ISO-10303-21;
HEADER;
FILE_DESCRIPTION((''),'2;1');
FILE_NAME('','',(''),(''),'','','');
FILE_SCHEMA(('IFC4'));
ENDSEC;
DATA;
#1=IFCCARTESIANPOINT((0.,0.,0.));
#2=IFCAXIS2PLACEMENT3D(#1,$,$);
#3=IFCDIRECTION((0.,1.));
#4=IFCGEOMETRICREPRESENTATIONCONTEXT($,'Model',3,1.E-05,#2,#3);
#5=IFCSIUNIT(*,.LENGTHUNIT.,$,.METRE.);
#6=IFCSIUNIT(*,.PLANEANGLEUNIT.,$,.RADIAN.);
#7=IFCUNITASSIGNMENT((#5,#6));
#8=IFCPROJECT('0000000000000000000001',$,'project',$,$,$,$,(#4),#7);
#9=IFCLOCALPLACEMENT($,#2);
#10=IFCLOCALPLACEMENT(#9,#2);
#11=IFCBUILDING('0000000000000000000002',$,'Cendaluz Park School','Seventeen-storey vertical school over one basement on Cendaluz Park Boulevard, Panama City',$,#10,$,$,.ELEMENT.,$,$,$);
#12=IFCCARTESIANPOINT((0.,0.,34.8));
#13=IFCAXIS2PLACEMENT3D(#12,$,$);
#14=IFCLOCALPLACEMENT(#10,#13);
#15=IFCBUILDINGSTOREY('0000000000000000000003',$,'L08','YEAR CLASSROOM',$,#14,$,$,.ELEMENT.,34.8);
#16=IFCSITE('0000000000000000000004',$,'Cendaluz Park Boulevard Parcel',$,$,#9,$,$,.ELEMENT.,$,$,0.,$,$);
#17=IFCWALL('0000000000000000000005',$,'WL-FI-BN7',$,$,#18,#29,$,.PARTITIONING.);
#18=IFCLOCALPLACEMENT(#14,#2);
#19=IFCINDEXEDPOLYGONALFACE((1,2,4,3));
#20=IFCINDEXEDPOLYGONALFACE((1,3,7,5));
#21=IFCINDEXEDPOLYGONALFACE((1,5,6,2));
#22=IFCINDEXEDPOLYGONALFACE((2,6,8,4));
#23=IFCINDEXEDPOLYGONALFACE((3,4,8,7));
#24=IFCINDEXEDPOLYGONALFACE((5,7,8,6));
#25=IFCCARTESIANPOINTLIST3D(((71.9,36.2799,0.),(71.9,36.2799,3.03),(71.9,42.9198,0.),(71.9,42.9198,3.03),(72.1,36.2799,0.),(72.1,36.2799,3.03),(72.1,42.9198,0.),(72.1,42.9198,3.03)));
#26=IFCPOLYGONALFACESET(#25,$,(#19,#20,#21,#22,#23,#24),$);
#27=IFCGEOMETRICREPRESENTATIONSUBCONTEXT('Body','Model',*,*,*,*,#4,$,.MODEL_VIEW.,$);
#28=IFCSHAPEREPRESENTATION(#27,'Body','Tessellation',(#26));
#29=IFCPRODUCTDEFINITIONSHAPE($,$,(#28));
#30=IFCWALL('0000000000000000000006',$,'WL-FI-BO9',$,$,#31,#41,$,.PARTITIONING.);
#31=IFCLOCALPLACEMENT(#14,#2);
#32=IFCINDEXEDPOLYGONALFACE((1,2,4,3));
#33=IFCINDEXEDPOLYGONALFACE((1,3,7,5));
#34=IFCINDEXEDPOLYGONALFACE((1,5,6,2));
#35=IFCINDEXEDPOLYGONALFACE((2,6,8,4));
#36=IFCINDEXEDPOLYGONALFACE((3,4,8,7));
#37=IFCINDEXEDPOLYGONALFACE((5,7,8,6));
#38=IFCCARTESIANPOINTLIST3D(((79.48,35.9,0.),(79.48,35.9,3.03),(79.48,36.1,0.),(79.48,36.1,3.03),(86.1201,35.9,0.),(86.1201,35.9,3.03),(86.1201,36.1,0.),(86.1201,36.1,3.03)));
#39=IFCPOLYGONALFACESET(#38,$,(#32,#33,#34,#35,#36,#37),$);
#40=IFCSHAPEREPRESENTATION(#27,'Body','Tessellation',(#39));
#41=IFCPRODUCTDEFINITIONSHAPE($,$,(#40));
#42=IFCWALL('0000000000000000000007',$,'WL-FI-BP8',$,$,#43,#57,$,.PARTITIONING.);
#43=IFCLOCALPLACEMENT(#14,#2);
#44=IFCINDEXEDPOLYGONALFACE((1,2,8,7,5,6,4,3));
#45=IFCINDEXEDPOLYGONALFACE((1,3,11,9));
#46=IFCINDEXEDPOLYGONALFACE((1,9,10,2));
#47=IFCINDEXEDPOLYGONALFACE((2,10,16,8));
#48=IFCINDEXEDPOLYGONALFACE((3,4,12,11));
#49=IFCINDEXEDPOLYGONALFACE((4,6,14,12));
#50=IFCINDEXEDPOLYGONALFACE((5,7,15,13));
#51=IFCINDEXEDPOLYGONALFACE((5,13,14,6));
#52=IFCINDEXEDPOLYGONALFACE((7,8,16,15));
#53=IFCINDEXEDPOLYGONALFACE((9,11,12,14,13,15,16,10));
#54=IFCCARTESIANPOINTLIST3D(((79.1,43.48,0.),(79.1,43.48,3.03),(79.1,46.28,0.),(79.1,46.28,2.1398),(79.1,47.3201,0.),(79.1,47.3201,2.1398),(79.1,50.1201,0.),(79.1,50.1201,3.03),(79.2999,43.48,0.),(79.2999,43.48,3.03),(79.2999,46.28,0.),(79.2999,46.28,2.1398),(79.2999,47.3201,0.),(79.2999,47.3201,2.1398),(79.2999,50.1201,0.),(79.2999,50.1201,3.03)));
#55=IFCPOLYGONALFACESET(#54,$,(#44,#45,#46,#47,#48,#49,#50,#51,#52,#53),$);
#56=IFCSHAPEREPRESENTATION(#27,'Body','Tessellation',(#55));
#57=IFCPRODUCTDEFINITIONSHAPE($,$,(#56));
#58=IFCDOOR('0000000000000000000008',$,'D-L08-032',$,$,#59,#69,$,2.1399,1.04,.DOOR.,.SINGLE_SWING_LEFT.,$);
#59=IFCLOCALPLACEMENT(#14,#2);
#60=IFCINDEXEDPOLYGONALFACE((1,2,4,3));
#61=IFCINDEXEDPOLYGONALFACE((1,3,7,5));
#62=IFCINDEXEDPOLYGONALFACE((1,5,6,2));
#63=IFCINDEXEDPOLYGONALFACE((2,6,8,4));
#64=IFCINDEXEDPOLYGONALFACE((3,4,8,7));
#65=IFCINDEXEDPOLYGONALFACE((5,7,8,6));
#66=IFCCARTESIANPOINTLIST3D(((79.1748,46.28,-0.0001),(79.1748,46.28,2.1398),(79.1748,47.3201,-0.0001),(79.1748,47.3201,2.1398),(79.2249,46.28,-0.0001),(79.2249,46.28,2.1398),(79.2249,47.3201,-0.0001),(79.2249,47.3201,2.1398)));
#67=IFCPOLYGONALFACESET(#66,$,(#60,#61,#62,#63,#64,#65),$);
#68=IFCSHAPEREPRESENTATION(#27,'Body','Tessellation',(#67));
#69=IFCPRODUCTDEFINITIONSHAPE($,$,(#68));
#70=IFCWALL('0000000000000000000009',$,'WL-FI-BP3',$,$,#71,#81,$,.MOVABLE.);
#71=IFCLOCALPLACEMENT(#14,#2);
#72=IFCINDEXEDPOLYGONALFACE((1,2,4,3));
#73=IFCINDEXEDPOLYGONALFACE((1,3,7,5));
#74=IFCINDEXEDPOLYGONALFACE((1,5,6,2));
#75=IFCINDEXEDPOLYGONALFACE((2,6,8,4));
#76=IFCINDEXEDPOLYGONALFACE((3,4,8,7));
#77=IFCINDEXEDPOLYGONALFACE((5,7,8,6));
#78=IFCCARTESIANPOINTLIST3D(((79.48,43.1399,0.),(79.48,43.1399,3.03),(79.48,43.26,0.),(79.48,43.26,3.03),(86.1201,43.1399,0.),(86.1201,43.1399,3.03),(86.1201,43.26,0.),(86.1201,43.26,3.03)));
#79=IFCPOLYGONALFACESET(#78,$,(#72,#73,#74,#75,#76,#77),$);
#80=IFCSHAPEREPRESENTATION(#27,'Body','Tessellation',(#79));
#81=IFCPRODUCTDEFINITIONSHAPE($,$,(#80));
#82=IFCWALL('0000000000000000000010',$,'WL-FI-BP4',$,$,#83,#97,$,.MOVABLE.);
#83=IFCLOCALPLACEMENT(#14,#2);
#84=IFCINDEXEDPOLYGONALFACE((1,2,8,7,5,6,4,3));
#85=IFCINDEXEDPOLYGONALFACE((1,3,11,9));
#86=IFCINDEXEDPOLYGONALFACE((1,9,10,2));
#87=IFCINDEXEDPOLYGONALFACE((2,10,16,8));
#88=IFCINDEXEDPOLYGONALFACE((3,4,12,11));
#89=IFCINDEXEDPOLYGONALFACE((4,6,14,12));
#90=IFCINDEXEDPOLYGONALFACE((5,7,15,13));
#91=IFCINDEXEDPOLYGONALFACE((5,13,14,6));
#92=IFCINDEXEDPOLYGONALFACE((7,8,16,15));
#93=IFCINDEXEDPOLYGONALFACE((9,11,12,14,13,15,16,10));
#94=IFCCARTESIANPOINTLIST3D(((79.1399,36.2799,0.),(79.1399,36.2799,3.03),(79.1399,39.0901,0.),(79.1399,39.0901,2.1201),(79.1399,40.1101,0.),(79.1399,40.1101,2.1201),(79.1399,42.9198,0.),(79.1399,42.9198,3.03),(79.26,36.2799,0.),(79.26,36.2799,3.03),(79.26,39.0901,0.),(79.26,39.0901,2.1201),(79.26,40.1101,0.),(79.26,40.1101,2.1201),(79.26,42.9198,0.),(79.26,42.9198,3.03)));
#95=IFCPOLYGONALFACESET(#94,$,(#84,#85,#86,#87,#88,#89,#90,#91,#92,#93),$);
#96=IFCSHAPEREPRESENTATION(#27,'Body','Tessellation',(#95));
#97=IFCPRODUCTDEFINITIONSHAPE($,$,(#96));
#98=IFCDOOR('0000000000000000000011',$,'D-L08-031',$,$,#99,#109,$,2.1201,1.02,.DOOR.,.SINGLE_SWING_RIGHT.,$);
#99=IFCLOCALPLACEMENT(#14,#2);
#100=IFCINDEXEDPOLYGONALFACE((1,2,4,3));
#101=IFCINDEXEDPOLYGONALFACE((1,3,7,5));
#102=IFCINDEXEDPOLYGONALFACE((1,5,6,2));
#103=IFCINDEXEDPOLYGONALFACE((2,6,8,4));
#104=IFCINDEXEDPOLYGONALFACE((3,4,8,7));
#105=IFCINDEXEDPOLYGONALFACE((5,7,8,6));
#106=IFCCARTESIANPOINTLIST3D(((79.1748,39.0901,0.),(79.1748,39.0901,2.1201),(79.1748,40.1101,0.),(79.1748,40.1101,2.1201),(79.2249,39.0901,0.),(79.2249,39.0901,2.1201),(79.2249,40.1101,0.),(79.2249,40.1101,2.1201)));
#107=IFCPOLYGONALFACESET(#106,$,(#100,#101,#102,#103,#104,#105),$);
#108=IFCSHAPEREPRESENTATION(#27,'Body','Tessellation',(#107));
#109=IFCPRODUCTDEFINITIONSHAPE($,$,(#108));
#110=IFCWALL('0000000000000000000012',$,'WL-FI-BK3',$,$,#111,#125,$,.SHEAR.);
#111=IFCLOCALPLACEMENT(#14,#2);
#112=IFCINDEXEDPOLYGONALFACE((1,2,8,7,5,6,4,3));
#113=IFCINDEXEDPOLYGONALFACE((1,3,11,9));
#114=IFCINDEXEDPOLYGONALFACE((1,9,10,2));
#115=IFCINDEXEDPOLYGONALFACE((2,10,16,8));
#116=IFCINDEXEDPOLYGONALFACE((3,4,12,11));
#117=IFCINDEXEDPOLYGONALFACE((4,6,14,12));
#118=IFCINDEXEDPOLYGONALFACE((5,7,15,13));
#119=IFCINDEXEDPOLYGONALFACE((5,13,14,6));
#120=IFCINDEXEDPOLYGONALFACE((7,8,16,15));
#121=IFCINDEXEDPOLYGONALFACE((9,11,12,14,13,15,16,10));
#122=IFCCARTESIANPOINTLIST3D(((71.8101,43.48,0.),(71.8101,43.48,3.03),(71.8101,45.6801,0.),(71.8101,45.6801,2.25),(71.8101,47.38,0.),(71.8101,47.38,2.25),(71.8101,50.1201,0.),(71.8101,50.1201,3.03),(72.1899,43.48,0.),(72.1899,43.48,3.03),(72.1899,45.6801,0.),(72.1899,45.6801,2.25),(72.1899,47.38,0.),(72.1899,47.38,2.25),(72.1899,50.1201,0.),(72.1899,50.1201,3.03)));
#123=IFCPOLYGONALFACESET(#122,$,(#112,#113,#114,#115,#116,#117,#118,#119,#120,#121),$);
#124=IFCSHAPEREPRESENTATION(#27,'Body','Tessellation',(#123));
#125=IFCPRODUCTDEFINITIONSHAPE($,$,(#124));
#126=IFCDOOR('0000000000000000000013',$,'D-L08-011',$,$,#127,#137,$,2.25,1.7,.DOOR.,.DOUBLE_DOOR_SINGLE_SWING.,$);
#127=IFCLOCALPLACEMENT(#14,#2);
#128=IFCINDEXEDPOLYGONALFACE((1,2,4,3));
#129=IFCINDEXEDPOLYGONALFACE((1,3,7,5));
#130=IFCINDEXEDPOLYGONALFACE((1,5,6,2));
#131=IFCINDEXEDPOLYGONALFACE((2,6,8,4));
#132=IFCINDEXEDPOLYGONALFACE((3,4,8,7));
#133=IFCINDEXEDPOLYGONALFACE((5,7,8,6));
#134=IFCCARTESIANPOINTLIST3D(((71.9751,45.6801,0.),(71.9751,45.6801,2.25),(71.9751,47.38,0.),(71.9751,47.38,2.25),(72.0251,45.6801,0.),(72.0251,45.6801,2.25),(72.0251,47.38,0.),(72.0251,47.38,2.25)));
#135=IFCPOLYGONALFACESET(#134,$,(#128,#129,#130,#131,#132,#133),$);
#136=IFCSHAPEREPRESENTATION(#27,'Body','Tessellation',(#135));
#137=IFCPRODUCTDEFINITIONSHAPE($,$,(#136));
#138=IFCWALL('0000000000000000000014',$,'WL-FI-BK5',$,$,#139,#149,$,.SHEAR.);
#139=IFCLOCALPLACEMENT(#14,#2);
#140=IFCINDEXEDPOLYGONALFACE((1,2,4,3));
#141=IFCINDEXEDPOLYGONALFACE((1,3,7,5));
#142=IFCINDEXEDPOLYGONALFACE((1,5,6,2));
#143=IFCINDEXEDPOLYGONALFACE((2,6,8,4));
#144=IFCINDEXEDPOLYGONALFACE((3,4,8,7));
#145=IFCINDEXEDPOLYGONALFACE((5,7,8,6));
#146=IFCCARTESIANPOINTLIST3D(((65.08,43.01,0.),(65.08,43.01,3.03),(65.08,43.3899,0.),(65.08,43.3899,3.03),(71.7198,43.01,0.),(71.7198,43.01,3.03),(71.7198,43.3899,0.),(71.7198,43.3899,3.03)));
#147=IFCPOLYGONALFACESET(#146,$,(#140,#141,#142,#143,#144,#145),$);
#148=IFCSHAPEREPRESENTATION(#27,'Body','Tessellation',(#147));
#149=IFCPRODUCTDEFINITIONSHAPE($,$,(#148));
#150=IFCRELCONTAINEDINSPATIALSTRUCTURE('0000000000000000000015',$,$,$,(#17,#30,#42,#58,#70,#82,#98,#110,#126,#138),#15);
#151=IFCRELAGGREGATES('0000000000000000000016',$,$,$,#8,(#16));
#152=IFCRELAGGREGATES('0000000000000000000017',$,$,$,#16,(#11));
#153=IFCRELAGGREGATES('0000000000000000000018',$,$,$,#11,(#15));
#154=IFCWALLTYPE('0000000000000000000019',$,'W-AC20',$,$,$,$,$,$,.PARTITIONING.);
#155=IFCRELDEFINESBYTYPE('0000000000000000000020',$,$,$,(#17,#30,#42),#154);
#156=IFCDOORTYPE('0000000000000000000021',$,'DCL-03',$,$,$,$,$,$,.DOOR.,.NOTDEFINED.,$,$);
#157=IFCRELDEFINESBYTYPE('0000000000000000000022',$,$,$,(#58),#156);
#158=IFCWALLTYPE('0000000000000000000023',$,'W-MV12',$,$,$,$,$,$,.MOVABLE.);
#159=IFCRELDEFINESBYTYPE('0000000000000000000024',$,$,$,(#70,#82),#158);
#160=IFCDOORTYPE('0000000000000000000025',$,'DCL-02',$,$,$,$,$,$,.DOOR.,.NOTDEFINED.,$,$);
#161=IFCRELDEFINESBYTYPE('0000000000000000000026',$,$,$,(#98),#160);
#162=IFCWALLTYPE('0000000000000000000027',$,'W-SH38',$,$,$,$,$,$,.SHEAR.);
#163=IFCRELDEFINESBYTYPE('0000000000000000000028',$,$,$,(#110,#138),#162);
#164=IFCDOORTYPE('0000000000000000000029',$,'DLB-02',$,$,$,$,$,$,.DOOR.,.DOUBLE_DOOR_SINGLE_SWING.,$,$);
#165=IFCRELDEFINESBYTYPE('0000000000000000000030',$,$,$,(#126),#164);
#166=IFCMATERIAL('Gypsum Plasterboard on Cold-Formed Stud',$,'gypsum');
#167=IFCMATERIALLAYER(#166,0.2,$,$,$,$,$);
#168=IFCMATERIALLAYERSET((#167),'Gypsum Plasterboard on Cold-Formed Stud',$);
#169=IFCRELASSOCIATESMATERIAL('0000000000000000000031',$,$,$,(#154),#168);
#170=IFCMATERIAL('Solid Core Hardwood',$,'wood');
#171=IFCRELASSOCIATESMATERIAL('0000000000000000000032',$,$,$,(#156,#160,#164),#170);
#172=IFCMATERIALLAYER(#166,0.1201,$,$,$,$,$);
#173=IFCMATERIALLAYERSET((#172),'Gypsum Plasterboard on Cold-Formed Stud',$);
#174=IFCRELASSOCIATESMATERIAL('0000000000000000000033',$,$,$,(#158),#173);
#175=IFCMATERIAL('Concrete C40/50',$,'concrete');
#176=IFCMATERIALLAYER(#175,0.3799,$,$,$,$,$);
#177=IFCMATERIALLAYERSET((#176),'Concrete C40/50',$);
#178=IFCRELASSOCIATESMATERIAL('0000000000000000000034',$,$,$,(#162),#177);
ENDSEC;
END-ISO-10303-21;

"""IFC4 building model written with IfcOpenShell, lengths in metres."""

from ifc_helpers import new_model, si_unit, direction, frame, frame_2d, origin, place, context, subcontext, project, spatial, rectangle, extrude, material, layer, layer_set, type_object, element, fill, save


model = new_model("IFC4")

# Units and contexts
model_context = context("Model", 3, precision=1e-05, world=origin(), true_north=direction((0.0, 1.0)))
body_context = subcontext(model_context, "Body", "Model", "MODEL_VIEW")
ifc_project = project(units=[si_unit("LENGTHUNIT", "METRE"), si_unit("PLANEANGLEUNIT", "RADIAN")], contexts=[model_context])

# Site, building, storey
site_placement = place(None, origin())
site = spatial("IfcSite", under=ifc_project, at=site_placement, Name="Cendaluz Park Boulevard Parcel", CompositionType="ELEMENT", RefElevation=0.0)
building_placement = place(site_placement, origin())
building = spatial("IfcBuilding", under=site, at=building_placement, Name="Cendaluz Park School", Description="Seventeen-storey vertical school over one basement on Cendaluz Park Boulevard, Panama City", CompositionType="ELEMENT")
storey_placement = place(building_placement, frame((0.0, 0.0, 34.8)))
storey = spatial("IfcBuildingStorey", under=building, at=storey_placement, Name="L08", Description="YEAR CLASSROOM", CompositionType="ELEMENT", Elevation=34.8)

# Walls
ifc_material_1 = material(Name="Gypsum Plasterboard on Cold-Formed Stud", Category="gypsum")
ifc_layer_1 = layer(ifc_material_1, 0.2)
ifc_layer_set_1 = layer_set([ifc_layer_1], Name="Gypsum Plasterboard on Cold-Formed Stud")
wall_type_1 = type_object("IfcWallType", Name="W-AC20", PredefinedType="PARTITIONING", material=ifc_layer_set_1)
wall_1_placement = place(storey_placement, frame((72.0, 36.28, 0.0), z_axis=(0.0, 0.0, 1.0), x_axis=(0.0, 1.0, 0.0)))
element("IfcWall", 1, at=wall_1_placement, inside=storey, type_object=wall_type_1, Name="WL-FI-BN7", PredefinedType="PARTITIONING", context=body_context, shape_type="SweptSolid", body=[
    extrude(rectangle(XDim=6.6399, YDim=0.2, at=frame_2d((3.3198, 0.0))), origin(), (0.0, 0.0, 1.0), 3.03),
])
wall_2_placement = place(storey_placement, frame((79.48, 36.0, 0.0), z_axis=(0.0, 0.0, 1.0), x_axis=(1.0, 0.0, 0.0)))
element("IfcWall", 2, at=wall_2_placement, inside=storey, type_object=wall_type_1, Name="WL-FI-BO9", PredefinedType="PARTITIONING", context=body_context, shape_type="SweptSolid", body=[
    extrude(rectangle(XDim=6.6401, YDim=0.2, at=frame_2d((3.3201, 0.0))), origin(), (0.0, 0.0, 1.0), 3.03),
])

# Wall, opening, door
wall_3_placement = place(storey_placement, frame((79.2, 43.48, 0.0), z_axis=(0.0, 0.0, 1.0), x_axis=(0.0, 1.0, 0.0)))
wall_3 = element("IfcWall", 3, at=wall_3_placement, inside=storey, type_object=wall_type_1, Name="WL-FI-BP8", PredefinedType="PARTITIONING", context=body_context, shape_type="SweptSolid", body=[
    extrude(rectangle(XDim=6.6401, YDim=0.2, at=frame_2d((3.3201, 0.0))), origin(), (0.0, 0.0, 1.0), 3.03),
])
opening_1_placement = place(wall_3_placement, frame((2.8, 0.0, 0.0)))
opening_1 = element("IfcOpeningElement", 4, at=opening_1_placement, cuts=wall_3, PredefinedType="OPENING", context=body_context, shape_type="SweptSolid", body=[
    extrude(rectangle(XDim=1.04, YDim=2.1399, at=frame_2d((0.52, 1.0698))), frame((0.0, 0.1121, 0.0), z_axis=(0.0, -1.0, 0.0), x_axis=(1.0, 0.0, 0.0)), (0.0, 0.0, 1.0), 0.2239),
])
ifc_material_2 = material(Name="Solid Core Hardwood", Category="wood")
door_type_1 = type_object("IfcDoorType", Name="DCL-03", OperationType="NOTDEFINED", PredefinedType="DOOR", material=ifc_material_2)
door_1_placement = place(opening_1_placement, frame((1.04, 0.0, 0.0), z_axis=(0.0, 0.0, 1.0), x_axis=(-1.0, 0.0, 0.0)))
door_1 = element("IfcDoor", 5, at=door_1_placement, inside=storey, type_object=door_type_1, Name="D-L08-032", OperationType="SINGLE_SWING_LEFT", OverallHeight=2.1399, OverallWidth=1.04, PredefinedType="DOOR", context=body_context, shape_type="SweptSolid", body=[
    extrude(rectangle(XDim=1.04, YDim=2.1399, at=frame_2d((0.52, 1.0698))), frame((0.0, 0.0249, 0.0), z_axis=(0.0, -1.0, 0.0), x_axis=(1.0, 0.0, 0.0)), (0.0, 0.0, 1.0), 0.05),
])
fill(opening_1, door_1)

# Shared definitions
ifc_material_3 = material(Name="Concrete C40/50", Category="concrete")

# Wall
ifc_layer_2 = layer(ifc_material_1, 0.1201)
ifc_layer_set_2 = layer_set([ifc_layer_2], Name="Gypsum Plasterboard on Cold-Formed Stud")
wall_type_2 = type_object("IfcWallType", Name="W-MV12", PredefinedType="MOVABLE", material=ifc_layer_set_2)
wall_4_placement = place(storey_placement, frame((79.48, 43.2, 0.0), z_axis=(0.0, 0.0, 1.0), x_axis=(1.0, 0.0, 0.0)))
element("IfcWall", 6, at=wall_4_placement, inside=storey, type_object=wall_type_2, Name="WL-FI-BP3", PredefinedType="MOVABLE", context=body_context, shape_type="SweptSolid", body=[
    extrude(rectangle(XDim=6.6401, YDim=0.1201, at=frame_2d((3.3201, 0.0))), origin(), (0.0, 0.0, 1.0), 3.03),
])

# Walls, openings, doors
wall_5_placement = place(storey_placement, frame((79.2, 36.28, 0.0), z_axis=(0.0, 0.0, 1.0), x_axis=(0.0, 1.0, 0.0)))
wall_5 = element("IfcWall", 7, at=wall_5_placement, inside=storey, type_object=wall_type_2, Name="WL-FI-BP4", PredefinedType="MOVABLE", context=body_context, shape_type="SweptSolid", body=[
    extrude(rectangle(XDim=6.6399, YDim=0.1201, at=frame_2d((3.3198, 0.0))), origin(), (0.0, 0.0, 1.0), 3.03),
])
opening_2_placement = place(wall_5_placement, frame((2.8101, 0.0, 0.0)))
opening_2 = element("IfcOpeningElement", 8, at=opening_2_placement, cuts=wall_5, PredefinedType="OPENING", context=body_context, shape_type="SweptSolid", body=[
    extrude(rectangle(XDim=1.02, YDim=2.1201, at=frame_2d((0.51, 1.0601))), frame((0.0, 0.072, 0.0), z_axis=(0.0, -1.0, 0.0), x_axis=(1.0, 0.0, 0.0)), (0.0, 0.0, 1.0), 0.144),
])
door_type_2 = type_object("IfcDoorType", Name="DCL-02", OperationType="NOTDEFINED", PredefinedType="DOOR", material=ifc_material_2)
door_2_placement = place(opening_2_placement, frame((1.02, 0.0, 0.0), z_axis=(0.0, 0.0, 1.0), x_axis=(-1.0, 0.0, 0.0)))
door_2 = element("IfcDoor", 9, at=door_2_placement, inside=storey, type_object=door_type_2, Name="D-L08-031", OperationType="SINGLE_SWING_RIGHT", OverallHeight=2.1201, OverallWidth=1.02, PredefinedType="DOOR", context=body_context, shape_type="SweptSolid", body=[
    extrude(rectangle(XDim=1.02, YDim=2.1201, at=frame_2d((0.51, 1.0601))), frame((0.0, 0.0249, 0.0), z_axis=(0.0, -1.0, 0.0), x_axis=(1.0, 0.0, 0.0)), (0.0, 0.0, 1.0), 0.05),
])
fill(opening_2, door_2)
ifc_layer_3 = layer(ifc_material_3, 0.3799)
ifc_layer_set_3 = layer_set([ifc_layer_3], Name="Concrete C40/50")
wall_type_3 = type_object("IfcWallType", Name="W-SH38", PredefinedType="SHEAR", material=ifc_layer_set_3)
wall_6_placement = place(storey_placement, frame((72.0, 43.48, 0.0), z_axis=(0.0, 0.0, 1.0), x_axis=(0.0, 1.0, 0.0)))
wall_6 = element("IfcWall", 10, at=wall_6_placement, inside=storey, type_object=wall_type_3, Name="WL-FI-BK3", PredefinedType="SHEAR", context=body_context, shape_type="SweptSolid", body=[
    extrude(rectangle(XDim=6.6401, YDim=0.3799, at=frame_2d((3.3201, 0.0))), origin(), (0.0, 0.0, 1.0), 3.03),
])
opening_3_placement = place(wall_6_placement, frame((2.2, 0.0, 0.0)))
opening_3 = element("IfcOpeningElement", 11, at=opening_3_placement, cuts=wall_6, PredefinedType="OPENING", context=body_context, shape_type="SweptSolid", body=[
    extrude(rectangle(XDim=1.7, YDim=2.25, at=frame_2d((0.8501, 1.125))), frame((0.0, 0.2019, 0.0), z_axis=(0.0, -1.0, 0.0), x_axis=(1.0, 0.0, 0.0)), (0.0, 0.0, 1.0), 0.4038),
])
door_type_3 = type_object("IfcDoorType", Name="DLB-02", OperationType="DOUBLE_DOOR_SINGLE_SWING", PredefinedType="DOOR", material=ifc_material_2)
door_3_placement = place(opening_3_placement, origin())
door_3 = element("IfcDoor", 12, at=door_3_placement, inside=storey, type_object=door_type_3, Name="D-L08-011", OperationType="DOUBLE_DOOR_SINGLE_SWING", OverallHeight=2.25, OverallWidth=1.7, PredefinedType="DOOR", context=body_context, shape_type="SweptSolid", body=[
    extrude(rectangle(XDim=1.7, YDim=2.25, at=frame_2d((0.8501, 1.125))), frame((0.0, 0.0249, 0.0), z_axis=(0.0, -1.0, 0.0), x_axis=(1.0, 0.0, 0.0)), (0.0, 0.0, 1.0), 0.05),
])
fill(opening_3, door_3)

# Wall
wall_7_placement = place(storey_placement, frame((65.0801, 43.2, 0.0), z_axis=(0.0, 0.0, 1.0), x_axis=(1.0, 0.0, 0.0)))
element("IfcWall", 13, at=wall_7_placement, inside=storey, type_object=wall_type_3, Name="WL-FI-BK5", PredefinedType="SHEAR", context=body_context, shape_type="SweptSolid", body=[
    extrude(rectangle(XDim=6.6399, YDim=0.3799, at=frame_2d((3.3198, 0.0))), origin(), (0.0, 0.0, 1.0), 3.03),
])

save(model, "model.ifc")
